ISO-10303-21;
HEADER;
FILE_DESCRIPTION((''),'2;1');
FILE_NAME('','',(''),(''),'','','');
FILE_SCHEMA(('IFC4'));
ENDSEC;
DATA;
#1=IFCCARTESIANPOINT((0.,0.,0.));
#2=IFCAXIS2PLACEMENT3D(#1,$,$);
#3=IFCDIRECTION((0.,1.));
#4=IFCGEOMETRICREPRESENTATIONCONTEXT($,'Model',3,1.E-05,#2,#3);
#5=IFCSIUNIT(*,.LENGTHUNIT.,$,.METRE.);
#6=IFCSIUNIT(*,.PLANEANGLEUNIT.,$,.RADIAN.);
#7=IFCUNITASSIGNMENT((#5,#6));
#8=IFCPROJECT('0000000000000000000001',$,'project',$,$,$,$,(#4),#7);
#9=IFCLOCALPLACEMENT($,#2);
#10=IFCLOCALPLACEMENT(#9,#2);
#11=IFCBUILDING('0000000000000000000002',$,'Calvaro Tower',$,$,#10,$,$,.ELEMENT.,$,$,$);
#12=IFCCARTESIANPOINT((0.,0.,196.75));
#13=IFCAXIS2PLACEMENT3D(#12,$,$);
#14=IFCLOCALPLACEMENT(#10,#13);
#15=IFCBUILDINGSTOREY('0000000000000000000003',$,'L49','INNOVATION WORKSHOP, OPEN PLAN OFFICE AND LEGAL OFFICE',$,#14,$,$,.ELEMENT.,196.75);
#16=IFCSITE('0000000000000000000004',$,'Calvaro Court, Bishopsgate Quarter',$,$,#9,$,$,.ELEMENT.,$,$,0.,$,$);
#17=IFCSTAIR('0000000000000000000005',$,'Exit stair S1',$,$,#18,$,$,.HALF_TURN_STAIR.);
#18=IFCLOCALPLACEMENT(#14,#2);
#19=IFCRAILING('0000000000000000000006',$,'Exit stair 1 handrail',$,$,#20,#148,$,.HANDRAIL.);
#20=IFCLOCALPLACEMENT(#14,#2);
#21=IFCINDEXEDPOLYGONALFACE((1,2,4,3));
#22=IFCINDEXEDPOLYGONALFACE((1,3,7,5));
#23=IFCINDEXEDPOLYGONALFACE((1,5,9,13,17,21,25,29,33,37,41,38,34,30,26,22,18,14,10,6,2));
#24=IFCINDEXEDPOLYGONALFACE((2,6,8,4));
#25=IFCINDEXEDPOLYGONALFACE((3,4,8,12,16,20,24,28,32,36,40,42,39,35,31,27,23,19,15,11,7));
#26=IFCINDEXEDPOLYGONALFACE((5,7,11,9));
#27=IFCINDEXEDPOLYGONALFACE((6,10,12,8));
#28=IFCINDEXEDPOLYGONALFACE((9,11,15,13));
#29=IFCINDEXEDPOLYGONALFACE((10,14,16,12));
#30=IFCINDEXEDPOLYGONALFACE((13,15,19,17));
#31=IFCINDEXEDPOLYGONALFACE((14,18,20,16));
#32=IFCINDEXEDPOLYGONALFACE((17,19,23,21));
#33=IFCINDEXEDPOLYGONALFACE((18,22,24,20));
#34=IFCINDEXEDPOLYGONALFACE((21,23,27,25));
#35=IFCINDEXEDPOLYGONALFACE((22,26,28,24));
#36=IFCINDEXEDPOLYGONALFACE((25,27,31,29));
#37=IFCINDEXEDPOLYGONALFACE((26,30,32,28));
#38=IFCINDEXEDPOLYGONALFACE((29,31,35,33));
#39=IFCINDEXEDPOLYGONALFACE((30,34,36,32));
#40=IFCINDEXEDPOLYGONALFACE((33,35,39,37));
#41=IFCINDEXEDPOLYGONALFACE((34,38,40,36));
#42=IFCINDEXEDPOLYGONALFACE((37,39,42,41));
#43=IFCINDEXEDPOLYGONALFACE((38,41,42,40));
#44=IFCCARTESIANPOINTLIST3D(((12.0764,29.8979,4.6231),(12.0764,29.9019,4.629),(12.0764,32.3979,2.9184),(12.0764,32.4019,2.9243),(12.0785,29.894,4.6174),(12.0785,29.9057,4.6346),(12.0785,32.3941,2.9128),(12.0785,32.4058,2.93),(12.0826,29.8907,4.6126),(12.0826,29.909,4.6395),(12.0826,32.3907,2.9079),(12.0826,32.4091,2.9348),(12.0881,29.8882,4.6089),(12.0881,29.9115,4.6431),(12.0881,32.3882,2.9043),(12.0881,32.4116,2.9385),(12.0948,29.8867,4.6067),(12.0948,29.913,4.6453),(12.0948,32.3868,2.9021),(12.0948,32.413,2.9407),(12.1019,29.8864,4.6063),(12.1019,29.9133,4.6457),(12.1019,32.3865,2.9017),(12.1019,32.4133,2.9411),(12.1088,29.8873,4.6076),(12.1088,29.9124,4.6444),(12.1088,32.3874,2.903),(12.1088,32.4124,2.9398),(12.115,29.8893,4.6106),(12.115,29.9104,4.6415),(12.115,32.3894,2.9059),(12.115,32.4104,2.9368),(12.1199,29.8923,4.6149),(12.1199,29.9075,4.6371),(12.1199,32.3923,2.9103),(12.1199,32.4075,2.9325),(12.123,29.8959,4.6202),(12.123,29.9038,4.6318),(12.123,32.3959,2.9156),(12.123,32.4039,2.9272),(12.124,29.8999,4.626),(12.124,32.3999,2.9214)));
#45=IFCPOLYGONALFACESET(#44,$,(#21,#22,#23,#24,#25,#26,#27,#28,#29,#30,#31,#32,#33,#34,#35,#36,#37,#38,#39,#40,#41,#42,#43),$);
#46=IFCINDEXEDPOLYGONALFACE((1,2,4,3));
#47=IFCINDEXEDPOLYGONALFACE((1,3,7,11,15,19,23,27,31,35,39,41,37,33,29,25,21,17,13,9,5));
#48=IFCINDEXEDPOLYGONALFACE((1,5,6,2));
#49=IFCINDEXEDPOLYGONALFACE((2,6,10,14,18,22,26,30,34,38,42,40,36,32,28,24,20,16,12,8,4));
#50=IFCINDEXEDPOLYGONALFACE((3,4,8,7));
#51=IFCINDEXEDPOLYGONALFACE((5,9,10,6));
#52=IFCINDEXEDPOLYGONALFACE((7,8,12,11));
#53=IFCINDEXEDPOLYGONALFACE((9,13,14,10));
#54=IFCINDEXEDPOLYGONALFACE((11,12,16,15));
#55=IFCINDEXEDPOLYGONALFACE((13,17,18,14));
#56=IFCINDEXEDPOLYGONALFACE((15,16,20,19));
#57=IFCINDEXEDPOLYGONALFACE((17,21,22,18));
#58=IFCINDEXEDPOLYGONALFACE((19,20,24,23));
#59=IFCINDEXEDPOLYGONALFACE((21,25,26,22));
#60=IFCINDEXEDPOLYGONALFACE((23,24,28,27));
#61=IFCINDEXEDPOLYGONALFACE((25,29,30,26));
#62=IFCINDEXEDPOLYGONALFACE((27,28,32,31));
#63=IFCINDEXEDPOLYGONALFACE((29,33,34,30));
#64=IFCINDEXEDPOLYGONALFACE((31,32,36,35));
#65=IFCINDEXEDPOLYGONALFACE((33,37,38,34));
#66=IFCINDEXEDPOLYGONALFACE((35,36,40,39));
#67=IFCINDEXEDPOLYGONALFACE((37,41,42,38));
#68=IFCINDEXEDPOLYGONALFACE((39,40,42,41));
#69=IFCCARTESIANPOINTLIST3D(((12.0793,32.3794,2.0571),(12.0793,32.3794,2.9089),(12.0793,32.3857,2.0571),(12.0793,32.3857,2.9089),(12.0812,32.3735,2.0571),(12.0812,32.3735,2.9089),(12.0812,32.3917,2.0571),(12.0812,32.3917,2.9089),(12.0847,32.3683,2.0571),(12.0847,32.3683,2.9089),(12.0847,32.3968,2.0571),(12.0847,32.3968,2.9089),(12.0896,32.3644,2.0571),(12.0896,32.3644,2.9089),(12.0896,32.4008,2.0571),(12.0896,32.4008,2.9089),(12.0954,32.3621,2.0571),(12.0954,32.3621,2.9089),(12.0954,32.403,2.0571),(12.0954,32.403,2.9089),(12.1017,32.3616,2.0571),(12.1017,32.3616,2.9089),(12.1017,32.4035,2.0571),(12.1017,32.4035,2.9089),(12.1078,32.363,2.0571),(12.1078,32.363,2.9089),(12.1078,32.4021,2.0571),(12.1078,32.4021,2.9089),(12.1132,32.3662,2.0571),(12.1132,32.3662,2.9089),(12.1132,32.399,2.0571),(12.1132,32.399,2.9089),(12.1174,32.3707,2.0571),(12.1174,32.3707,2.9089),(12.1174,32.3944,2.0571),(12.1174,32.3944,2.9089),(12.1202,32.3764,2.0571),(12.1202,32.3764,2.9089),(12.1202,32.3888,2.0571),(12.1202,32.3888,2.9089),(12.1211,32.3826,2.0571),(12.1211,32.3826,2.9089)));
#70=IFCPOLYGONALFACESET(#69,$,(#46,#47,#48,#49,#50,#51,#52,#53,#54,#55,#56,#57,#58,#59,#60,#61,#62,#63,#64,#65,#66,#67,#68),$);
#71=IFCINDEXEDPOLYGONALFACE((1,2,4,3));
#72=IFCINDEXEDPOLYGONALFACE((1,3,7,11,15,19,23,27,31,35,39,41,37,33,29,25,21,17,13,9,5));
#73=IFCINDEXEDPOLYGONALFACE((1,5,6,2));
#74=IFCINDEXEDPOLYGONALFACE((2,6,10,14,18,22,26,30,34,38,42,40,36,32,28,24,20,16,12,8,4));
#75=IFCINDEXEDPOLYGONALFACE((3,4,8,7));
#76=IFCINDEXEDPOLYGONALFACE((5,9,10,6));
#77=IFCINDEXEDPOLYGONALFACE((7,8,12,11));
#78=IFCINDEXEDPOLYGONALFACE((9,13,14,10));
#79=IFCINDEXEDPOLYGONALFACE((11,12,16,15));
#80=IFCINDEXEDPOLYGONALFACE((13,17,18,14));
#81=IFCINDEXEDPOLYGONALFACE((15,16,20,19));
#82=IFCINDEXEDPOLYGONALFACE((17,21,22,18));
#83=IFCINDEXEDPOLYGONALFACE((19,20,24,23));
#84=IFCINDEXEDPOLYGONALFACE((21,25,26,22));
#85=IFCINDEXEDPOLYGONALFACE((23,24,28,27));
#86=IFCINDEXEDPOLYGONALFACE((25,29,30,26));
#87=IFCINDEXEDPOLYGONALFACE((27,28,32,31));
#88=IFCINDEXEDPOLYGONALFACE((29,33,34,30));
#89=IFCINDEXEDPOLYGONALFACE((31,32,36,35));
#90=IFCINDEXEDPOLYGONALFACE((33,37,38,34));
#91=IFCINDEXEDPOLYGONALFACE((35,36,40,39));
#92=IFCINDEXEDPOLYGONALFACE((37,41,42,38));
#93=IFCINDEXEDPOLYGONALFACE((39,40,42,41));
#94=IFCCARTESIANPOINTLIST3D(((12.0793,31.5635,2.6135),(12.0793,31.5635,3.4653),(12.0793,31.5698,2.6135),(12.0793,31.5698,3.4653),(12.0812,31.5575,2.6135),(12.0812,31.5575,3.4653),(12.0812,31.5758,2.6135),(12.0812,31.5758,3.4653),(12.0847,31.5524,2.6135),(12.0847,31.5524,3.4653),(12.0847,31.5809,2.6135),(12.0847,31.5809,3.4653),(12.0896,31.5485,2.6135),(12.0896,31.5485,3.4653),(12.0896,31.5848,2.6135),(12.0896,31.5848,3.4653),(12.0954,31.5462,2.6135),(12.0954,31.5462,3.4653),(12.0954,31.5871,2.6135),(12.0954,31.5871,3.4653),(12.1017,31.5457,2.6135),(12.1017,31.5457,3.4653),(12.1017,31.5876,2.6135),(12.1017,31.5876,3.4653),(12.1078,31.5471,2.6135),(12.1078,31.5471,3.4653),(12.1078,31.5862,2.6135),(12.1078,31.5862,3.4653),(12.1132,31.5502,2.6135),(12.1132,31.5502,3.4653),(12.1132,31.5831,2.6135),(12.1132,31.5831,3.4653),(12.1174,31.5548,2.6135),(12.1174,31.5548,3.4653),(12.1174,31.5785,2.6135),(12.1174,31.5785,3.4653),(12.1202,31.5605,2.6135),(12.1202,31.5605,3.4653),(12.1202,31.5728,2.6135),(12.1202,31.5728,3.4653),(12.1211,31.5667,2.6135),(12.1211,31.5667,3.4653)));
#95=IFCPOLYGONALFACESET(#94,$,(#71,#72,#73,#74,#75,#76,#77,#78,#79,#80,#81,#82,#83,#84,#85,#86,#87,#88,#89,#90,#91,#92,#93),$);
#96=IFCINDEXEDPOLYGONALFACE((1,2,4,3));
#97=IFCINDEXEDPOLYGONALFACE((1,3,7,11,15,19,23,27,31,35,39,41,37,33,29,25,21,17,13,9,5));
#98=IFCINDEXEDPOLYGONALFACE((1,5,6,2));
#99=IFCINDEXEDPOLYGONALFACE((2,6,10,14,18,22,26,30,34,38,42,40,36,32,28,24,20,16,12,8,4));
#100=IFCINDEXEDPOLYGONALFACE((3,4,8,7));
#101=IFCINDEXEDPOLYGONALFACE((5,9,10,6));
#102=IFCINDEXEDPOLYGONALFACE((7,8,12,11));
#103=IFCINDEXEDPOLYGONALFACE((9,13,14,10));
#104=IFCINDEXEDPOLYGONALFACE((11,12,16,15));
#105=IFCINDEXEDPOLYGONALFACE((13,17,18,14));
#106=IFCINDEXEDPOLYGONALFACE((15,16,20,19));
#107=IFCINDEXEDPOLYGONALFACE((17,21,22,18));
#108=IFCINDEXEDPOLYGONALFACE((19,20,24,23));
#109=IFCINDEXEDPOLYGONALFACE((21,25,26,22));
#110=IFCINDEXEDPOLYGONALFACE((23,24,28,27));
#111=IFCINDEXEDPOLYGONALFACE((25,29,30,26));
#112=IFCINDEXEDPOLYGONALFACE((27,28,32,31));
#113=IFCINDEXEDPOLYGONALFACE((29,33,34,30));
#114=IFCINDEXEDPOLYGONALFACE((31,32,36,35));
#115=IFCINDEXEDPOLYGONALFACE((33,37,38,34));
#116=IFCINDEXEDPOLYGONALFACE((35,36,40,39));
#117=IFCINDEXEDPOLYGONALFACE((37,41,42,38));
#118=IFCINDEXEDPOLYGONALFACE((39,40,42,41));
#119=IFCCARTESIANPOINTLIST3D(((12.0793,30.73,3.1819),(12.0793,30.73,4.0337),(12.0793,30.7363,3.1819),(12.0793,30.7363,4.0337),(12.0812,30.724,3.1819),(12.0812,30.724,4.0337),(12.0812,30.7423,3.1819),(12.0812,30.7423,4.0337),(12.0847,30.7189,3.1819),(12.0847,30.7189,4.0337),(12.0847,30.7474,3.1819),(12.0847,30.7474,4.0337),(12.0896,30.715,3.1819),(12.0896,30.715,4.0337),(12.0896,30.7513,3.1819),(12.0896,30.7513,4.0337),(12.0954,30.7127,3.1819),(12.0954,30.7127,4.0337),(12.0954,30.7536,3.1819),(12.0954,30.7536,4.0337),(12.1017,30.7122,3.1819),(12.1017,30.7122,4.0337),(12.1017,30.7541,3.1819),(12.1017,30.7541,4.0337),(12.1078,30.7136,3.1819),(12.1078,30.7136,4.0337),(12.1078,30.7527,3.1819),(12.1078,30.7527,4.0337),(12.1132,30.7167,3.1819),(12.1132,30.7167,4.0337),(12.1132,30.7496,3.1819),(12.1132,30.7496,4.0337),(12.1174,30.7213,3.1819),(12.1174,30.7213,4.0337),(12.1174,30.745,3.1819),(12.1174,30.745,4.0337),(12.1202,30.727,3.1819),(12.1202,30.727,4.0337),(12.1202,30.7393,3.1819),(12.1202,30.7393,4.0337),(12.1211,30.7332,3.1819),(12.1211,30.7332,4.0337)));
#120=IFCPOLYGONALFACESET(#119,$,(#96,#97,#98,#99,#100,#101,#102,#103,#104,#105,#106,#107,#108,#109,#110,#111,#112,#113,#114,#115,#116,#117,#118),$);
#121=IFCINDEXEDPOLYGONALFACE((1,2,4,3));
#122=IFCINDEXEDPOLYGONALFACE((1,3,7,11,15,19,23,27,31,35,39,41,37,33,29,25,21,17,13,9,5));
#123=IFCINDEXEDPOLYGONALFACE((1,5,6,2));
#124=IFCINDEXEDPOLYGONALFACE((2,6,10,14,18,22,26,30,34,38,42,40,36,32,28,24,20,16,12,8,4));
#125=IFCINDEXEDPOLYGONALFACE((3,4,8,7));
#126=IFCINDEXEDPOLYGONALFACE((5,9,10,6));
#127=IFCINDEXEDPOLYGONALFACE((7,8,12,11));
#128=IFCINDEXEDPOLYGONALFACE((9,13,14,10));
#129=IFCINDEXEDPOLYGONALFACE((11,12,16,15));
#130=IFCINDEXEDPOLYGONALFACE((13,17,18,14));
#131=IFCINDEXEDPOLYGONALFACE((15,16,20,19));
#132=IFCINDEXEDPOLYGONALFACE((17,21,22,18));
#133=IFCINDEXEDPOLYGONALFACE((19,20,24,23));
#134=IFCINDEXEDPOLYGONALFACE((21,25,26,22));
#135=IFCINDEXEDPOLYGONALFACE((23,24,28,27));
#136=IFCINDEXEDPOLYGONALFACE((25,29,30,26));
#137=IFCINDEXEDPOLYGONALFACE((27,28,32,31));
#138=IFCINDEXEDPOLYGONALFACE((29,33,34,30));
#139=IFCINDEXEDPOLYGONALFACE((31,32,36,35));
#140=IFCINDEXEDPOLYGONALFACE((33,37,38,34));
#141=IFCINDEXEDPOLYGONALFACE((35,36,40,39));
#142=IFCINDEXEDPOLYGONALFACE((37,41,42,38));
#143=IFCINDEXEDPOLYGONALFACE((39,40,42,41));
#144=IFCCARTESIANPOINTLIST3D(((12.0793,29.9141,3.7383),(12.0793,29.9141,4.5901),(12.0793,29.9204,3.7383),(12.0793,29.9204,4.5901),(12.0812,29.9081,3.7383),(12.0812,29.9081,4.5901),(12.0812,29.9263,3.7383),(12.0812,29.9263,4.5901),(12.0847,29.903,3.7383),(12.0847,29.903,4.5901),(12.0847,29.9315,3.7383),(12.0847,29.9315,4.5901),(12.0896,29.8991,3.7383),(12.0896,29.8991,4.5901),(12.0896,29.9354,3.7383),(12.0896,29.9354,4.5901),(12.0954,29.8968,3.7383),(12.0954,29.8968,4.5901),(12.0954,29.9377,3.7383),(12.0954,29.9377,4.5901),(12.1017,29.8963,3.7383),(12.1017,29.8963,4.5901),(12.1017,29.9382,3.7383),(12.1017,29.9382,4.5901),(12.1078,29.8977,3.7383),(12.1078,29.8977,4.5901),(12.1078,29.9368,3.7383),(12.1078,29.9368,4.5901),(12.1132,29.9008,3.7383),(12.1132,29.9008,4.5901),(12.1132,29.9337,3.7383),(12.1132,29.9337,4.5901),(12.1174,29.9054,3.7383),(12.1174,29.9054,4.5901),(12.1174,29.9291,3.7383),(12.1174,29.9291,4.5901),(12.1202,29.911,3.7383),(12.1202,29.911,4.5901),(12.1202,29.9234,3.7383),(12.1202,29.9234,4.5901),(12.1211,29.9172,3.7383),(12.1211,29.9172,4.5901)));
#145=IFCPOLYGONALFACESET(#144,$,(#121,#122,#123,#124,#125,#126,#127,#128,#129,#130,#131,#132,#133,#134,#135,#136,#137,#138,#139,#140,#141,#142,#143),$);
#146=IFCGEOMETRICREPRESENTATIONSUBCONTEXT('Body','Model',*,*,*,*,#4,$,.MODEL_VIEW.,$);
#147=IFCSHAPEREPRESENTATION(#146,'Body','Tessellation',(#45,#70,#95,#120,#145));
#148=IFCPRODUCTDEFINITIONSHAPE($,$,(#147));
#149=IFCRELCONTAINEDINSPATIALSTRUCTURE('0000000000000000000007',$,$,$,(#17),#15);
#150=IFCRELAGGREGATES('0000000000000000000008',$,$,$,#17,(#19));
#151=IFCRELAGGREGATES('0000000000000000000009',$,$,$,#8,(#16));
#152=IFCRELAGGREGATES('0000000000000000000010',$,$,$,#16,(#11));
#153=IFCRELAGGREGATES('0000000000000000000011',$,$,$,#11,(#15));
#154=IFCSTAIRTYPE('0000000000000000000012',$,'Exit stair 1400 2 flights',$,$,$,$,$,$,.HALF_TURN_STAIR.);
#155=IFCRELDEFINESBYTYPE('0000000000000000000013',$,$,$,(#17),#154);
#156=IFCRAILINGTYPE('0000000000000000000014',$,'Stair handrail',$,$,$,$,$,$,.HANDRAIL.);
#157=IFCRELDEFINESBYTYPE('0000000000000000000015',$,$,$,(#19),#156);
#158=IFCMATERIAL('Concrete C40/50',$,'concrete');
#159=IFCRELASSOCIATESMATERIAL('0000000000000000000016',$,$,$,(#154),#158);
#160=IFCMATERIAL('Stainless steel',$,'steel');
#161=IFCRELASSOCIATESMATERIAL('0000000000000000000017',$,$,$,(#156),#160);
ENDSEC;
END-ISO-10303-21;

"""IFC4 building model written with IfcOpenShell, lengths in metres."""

from ifc_helpers import new_model, si_unit, direction, frame, origin, origin_2d, place, context, subcontext, project, spatial, circle, extrude, material, type_object, element, aggregate, save


model = new_model("IFC4")

# Units and contexts
model_context = context("Model", 3, precision=1e-05, world=origin(), true_north=direction((0.0, 1.0)))
body_context = subcontext(model_context, "Body", "Model", "MODEL_VIEW")
ifc_project = project(units=[si_unit("LENGTHUNIT", "METRE"), si_unit("PLANEANGLEUNIT", "RADIAN")], contexts=[model_context])

# Site, building, storey
site_placement = place(None, origin())
site = spatial("IfcSite", under=ifc_project, at=site_placement, Name="Calvaro Court, Bishopsgate Quarter", CompositionType="ELEMENT", RefElevation=0.0)
building_placement = place(site_placement, origin())
building = spatial("IfcBuilding", under=site, at=building_placement, Name="Calvaro Tower", CompositionType="ELEMENT")
storey_placement = place(building_placement, frame((0.0, 0.0, 196.75)))
storey = spatial("IfcBuildingStorey", under=building, at=storey_placement, Name="L49", Description="INNOVATION WORKSHOP, OPEN PLAN OFFICE AND LEGAL OFFICE", CompositionType="ELEMENT", Elevation=196.75)

# Stair, railing
ifc_material_1 = material(Name="Concrete C40/50", Category="concrete")
stair_type = type_object("IfcStairType", Name="Exit stair 1400 2 flights", PredefinedType="HALF_TURN_STAIR", material=ifc_material_1)
stair_placement = place(storey_placement, origin())
stair = element("IfcStair", 1, at=stair_placement, inside=storey, type_object=stair_type, Name="Exit stair S1", PredefinedType="HALF_TURN_STAIR")
ifc_material_2 = material(Name="Stainless steel", Category="steel")
railing_type = type_object("IfcRailingType", Name="Stair handrail", PredefinedType="HANDRAIL", material=ifc_material_2)
railing_placement = place(storey_placement, frame((12.1001, 32.3999, 2.0454)))
railing = element("IfcRailing", 2, at=railing_placement, type_object=railing_type, Name="Exit stair 1 handrail", PredefinedType="HANDRAIL", context=body_context, shape_type="SweptSolid", body=[
    extrude(circle(Radius=0.0239, at=origin_2d()), frame((0.0, 0.0, 0.876), z_axis=(0.0, -0.826221, 0.563347), x_axis=(1.0, 0.0, 0.0)), (0.0, 0.0, 1.0), 3.0259),
    extrude(circle(Radius=0.021, at=origin_2d()), frame((0.0, -0.0173, 0.0117)), (0.0, 0.0, 1.0), 0.8518),
    extrude(circle(Radius=0.021, at=origin_2d()), frame((0.0, -0.8333, 0.5681)), (0.0, 0.0, 1.0), 0.8518),
    extrude(circle(Radius=0.021, at=origin_2d()), frame((0.0, -1.6667, 1.1365)), (0.0, 0.0, 1.0), 0.8518),
    extrude(circle(Radius=0.021, at=origin_2d()), frame((0.0, -2.4827, 1.6929)), (0.0, 0.0, 1.0), 0.8518),
])
aggregate(stair, [railing])

save(model, "model.ifc")
